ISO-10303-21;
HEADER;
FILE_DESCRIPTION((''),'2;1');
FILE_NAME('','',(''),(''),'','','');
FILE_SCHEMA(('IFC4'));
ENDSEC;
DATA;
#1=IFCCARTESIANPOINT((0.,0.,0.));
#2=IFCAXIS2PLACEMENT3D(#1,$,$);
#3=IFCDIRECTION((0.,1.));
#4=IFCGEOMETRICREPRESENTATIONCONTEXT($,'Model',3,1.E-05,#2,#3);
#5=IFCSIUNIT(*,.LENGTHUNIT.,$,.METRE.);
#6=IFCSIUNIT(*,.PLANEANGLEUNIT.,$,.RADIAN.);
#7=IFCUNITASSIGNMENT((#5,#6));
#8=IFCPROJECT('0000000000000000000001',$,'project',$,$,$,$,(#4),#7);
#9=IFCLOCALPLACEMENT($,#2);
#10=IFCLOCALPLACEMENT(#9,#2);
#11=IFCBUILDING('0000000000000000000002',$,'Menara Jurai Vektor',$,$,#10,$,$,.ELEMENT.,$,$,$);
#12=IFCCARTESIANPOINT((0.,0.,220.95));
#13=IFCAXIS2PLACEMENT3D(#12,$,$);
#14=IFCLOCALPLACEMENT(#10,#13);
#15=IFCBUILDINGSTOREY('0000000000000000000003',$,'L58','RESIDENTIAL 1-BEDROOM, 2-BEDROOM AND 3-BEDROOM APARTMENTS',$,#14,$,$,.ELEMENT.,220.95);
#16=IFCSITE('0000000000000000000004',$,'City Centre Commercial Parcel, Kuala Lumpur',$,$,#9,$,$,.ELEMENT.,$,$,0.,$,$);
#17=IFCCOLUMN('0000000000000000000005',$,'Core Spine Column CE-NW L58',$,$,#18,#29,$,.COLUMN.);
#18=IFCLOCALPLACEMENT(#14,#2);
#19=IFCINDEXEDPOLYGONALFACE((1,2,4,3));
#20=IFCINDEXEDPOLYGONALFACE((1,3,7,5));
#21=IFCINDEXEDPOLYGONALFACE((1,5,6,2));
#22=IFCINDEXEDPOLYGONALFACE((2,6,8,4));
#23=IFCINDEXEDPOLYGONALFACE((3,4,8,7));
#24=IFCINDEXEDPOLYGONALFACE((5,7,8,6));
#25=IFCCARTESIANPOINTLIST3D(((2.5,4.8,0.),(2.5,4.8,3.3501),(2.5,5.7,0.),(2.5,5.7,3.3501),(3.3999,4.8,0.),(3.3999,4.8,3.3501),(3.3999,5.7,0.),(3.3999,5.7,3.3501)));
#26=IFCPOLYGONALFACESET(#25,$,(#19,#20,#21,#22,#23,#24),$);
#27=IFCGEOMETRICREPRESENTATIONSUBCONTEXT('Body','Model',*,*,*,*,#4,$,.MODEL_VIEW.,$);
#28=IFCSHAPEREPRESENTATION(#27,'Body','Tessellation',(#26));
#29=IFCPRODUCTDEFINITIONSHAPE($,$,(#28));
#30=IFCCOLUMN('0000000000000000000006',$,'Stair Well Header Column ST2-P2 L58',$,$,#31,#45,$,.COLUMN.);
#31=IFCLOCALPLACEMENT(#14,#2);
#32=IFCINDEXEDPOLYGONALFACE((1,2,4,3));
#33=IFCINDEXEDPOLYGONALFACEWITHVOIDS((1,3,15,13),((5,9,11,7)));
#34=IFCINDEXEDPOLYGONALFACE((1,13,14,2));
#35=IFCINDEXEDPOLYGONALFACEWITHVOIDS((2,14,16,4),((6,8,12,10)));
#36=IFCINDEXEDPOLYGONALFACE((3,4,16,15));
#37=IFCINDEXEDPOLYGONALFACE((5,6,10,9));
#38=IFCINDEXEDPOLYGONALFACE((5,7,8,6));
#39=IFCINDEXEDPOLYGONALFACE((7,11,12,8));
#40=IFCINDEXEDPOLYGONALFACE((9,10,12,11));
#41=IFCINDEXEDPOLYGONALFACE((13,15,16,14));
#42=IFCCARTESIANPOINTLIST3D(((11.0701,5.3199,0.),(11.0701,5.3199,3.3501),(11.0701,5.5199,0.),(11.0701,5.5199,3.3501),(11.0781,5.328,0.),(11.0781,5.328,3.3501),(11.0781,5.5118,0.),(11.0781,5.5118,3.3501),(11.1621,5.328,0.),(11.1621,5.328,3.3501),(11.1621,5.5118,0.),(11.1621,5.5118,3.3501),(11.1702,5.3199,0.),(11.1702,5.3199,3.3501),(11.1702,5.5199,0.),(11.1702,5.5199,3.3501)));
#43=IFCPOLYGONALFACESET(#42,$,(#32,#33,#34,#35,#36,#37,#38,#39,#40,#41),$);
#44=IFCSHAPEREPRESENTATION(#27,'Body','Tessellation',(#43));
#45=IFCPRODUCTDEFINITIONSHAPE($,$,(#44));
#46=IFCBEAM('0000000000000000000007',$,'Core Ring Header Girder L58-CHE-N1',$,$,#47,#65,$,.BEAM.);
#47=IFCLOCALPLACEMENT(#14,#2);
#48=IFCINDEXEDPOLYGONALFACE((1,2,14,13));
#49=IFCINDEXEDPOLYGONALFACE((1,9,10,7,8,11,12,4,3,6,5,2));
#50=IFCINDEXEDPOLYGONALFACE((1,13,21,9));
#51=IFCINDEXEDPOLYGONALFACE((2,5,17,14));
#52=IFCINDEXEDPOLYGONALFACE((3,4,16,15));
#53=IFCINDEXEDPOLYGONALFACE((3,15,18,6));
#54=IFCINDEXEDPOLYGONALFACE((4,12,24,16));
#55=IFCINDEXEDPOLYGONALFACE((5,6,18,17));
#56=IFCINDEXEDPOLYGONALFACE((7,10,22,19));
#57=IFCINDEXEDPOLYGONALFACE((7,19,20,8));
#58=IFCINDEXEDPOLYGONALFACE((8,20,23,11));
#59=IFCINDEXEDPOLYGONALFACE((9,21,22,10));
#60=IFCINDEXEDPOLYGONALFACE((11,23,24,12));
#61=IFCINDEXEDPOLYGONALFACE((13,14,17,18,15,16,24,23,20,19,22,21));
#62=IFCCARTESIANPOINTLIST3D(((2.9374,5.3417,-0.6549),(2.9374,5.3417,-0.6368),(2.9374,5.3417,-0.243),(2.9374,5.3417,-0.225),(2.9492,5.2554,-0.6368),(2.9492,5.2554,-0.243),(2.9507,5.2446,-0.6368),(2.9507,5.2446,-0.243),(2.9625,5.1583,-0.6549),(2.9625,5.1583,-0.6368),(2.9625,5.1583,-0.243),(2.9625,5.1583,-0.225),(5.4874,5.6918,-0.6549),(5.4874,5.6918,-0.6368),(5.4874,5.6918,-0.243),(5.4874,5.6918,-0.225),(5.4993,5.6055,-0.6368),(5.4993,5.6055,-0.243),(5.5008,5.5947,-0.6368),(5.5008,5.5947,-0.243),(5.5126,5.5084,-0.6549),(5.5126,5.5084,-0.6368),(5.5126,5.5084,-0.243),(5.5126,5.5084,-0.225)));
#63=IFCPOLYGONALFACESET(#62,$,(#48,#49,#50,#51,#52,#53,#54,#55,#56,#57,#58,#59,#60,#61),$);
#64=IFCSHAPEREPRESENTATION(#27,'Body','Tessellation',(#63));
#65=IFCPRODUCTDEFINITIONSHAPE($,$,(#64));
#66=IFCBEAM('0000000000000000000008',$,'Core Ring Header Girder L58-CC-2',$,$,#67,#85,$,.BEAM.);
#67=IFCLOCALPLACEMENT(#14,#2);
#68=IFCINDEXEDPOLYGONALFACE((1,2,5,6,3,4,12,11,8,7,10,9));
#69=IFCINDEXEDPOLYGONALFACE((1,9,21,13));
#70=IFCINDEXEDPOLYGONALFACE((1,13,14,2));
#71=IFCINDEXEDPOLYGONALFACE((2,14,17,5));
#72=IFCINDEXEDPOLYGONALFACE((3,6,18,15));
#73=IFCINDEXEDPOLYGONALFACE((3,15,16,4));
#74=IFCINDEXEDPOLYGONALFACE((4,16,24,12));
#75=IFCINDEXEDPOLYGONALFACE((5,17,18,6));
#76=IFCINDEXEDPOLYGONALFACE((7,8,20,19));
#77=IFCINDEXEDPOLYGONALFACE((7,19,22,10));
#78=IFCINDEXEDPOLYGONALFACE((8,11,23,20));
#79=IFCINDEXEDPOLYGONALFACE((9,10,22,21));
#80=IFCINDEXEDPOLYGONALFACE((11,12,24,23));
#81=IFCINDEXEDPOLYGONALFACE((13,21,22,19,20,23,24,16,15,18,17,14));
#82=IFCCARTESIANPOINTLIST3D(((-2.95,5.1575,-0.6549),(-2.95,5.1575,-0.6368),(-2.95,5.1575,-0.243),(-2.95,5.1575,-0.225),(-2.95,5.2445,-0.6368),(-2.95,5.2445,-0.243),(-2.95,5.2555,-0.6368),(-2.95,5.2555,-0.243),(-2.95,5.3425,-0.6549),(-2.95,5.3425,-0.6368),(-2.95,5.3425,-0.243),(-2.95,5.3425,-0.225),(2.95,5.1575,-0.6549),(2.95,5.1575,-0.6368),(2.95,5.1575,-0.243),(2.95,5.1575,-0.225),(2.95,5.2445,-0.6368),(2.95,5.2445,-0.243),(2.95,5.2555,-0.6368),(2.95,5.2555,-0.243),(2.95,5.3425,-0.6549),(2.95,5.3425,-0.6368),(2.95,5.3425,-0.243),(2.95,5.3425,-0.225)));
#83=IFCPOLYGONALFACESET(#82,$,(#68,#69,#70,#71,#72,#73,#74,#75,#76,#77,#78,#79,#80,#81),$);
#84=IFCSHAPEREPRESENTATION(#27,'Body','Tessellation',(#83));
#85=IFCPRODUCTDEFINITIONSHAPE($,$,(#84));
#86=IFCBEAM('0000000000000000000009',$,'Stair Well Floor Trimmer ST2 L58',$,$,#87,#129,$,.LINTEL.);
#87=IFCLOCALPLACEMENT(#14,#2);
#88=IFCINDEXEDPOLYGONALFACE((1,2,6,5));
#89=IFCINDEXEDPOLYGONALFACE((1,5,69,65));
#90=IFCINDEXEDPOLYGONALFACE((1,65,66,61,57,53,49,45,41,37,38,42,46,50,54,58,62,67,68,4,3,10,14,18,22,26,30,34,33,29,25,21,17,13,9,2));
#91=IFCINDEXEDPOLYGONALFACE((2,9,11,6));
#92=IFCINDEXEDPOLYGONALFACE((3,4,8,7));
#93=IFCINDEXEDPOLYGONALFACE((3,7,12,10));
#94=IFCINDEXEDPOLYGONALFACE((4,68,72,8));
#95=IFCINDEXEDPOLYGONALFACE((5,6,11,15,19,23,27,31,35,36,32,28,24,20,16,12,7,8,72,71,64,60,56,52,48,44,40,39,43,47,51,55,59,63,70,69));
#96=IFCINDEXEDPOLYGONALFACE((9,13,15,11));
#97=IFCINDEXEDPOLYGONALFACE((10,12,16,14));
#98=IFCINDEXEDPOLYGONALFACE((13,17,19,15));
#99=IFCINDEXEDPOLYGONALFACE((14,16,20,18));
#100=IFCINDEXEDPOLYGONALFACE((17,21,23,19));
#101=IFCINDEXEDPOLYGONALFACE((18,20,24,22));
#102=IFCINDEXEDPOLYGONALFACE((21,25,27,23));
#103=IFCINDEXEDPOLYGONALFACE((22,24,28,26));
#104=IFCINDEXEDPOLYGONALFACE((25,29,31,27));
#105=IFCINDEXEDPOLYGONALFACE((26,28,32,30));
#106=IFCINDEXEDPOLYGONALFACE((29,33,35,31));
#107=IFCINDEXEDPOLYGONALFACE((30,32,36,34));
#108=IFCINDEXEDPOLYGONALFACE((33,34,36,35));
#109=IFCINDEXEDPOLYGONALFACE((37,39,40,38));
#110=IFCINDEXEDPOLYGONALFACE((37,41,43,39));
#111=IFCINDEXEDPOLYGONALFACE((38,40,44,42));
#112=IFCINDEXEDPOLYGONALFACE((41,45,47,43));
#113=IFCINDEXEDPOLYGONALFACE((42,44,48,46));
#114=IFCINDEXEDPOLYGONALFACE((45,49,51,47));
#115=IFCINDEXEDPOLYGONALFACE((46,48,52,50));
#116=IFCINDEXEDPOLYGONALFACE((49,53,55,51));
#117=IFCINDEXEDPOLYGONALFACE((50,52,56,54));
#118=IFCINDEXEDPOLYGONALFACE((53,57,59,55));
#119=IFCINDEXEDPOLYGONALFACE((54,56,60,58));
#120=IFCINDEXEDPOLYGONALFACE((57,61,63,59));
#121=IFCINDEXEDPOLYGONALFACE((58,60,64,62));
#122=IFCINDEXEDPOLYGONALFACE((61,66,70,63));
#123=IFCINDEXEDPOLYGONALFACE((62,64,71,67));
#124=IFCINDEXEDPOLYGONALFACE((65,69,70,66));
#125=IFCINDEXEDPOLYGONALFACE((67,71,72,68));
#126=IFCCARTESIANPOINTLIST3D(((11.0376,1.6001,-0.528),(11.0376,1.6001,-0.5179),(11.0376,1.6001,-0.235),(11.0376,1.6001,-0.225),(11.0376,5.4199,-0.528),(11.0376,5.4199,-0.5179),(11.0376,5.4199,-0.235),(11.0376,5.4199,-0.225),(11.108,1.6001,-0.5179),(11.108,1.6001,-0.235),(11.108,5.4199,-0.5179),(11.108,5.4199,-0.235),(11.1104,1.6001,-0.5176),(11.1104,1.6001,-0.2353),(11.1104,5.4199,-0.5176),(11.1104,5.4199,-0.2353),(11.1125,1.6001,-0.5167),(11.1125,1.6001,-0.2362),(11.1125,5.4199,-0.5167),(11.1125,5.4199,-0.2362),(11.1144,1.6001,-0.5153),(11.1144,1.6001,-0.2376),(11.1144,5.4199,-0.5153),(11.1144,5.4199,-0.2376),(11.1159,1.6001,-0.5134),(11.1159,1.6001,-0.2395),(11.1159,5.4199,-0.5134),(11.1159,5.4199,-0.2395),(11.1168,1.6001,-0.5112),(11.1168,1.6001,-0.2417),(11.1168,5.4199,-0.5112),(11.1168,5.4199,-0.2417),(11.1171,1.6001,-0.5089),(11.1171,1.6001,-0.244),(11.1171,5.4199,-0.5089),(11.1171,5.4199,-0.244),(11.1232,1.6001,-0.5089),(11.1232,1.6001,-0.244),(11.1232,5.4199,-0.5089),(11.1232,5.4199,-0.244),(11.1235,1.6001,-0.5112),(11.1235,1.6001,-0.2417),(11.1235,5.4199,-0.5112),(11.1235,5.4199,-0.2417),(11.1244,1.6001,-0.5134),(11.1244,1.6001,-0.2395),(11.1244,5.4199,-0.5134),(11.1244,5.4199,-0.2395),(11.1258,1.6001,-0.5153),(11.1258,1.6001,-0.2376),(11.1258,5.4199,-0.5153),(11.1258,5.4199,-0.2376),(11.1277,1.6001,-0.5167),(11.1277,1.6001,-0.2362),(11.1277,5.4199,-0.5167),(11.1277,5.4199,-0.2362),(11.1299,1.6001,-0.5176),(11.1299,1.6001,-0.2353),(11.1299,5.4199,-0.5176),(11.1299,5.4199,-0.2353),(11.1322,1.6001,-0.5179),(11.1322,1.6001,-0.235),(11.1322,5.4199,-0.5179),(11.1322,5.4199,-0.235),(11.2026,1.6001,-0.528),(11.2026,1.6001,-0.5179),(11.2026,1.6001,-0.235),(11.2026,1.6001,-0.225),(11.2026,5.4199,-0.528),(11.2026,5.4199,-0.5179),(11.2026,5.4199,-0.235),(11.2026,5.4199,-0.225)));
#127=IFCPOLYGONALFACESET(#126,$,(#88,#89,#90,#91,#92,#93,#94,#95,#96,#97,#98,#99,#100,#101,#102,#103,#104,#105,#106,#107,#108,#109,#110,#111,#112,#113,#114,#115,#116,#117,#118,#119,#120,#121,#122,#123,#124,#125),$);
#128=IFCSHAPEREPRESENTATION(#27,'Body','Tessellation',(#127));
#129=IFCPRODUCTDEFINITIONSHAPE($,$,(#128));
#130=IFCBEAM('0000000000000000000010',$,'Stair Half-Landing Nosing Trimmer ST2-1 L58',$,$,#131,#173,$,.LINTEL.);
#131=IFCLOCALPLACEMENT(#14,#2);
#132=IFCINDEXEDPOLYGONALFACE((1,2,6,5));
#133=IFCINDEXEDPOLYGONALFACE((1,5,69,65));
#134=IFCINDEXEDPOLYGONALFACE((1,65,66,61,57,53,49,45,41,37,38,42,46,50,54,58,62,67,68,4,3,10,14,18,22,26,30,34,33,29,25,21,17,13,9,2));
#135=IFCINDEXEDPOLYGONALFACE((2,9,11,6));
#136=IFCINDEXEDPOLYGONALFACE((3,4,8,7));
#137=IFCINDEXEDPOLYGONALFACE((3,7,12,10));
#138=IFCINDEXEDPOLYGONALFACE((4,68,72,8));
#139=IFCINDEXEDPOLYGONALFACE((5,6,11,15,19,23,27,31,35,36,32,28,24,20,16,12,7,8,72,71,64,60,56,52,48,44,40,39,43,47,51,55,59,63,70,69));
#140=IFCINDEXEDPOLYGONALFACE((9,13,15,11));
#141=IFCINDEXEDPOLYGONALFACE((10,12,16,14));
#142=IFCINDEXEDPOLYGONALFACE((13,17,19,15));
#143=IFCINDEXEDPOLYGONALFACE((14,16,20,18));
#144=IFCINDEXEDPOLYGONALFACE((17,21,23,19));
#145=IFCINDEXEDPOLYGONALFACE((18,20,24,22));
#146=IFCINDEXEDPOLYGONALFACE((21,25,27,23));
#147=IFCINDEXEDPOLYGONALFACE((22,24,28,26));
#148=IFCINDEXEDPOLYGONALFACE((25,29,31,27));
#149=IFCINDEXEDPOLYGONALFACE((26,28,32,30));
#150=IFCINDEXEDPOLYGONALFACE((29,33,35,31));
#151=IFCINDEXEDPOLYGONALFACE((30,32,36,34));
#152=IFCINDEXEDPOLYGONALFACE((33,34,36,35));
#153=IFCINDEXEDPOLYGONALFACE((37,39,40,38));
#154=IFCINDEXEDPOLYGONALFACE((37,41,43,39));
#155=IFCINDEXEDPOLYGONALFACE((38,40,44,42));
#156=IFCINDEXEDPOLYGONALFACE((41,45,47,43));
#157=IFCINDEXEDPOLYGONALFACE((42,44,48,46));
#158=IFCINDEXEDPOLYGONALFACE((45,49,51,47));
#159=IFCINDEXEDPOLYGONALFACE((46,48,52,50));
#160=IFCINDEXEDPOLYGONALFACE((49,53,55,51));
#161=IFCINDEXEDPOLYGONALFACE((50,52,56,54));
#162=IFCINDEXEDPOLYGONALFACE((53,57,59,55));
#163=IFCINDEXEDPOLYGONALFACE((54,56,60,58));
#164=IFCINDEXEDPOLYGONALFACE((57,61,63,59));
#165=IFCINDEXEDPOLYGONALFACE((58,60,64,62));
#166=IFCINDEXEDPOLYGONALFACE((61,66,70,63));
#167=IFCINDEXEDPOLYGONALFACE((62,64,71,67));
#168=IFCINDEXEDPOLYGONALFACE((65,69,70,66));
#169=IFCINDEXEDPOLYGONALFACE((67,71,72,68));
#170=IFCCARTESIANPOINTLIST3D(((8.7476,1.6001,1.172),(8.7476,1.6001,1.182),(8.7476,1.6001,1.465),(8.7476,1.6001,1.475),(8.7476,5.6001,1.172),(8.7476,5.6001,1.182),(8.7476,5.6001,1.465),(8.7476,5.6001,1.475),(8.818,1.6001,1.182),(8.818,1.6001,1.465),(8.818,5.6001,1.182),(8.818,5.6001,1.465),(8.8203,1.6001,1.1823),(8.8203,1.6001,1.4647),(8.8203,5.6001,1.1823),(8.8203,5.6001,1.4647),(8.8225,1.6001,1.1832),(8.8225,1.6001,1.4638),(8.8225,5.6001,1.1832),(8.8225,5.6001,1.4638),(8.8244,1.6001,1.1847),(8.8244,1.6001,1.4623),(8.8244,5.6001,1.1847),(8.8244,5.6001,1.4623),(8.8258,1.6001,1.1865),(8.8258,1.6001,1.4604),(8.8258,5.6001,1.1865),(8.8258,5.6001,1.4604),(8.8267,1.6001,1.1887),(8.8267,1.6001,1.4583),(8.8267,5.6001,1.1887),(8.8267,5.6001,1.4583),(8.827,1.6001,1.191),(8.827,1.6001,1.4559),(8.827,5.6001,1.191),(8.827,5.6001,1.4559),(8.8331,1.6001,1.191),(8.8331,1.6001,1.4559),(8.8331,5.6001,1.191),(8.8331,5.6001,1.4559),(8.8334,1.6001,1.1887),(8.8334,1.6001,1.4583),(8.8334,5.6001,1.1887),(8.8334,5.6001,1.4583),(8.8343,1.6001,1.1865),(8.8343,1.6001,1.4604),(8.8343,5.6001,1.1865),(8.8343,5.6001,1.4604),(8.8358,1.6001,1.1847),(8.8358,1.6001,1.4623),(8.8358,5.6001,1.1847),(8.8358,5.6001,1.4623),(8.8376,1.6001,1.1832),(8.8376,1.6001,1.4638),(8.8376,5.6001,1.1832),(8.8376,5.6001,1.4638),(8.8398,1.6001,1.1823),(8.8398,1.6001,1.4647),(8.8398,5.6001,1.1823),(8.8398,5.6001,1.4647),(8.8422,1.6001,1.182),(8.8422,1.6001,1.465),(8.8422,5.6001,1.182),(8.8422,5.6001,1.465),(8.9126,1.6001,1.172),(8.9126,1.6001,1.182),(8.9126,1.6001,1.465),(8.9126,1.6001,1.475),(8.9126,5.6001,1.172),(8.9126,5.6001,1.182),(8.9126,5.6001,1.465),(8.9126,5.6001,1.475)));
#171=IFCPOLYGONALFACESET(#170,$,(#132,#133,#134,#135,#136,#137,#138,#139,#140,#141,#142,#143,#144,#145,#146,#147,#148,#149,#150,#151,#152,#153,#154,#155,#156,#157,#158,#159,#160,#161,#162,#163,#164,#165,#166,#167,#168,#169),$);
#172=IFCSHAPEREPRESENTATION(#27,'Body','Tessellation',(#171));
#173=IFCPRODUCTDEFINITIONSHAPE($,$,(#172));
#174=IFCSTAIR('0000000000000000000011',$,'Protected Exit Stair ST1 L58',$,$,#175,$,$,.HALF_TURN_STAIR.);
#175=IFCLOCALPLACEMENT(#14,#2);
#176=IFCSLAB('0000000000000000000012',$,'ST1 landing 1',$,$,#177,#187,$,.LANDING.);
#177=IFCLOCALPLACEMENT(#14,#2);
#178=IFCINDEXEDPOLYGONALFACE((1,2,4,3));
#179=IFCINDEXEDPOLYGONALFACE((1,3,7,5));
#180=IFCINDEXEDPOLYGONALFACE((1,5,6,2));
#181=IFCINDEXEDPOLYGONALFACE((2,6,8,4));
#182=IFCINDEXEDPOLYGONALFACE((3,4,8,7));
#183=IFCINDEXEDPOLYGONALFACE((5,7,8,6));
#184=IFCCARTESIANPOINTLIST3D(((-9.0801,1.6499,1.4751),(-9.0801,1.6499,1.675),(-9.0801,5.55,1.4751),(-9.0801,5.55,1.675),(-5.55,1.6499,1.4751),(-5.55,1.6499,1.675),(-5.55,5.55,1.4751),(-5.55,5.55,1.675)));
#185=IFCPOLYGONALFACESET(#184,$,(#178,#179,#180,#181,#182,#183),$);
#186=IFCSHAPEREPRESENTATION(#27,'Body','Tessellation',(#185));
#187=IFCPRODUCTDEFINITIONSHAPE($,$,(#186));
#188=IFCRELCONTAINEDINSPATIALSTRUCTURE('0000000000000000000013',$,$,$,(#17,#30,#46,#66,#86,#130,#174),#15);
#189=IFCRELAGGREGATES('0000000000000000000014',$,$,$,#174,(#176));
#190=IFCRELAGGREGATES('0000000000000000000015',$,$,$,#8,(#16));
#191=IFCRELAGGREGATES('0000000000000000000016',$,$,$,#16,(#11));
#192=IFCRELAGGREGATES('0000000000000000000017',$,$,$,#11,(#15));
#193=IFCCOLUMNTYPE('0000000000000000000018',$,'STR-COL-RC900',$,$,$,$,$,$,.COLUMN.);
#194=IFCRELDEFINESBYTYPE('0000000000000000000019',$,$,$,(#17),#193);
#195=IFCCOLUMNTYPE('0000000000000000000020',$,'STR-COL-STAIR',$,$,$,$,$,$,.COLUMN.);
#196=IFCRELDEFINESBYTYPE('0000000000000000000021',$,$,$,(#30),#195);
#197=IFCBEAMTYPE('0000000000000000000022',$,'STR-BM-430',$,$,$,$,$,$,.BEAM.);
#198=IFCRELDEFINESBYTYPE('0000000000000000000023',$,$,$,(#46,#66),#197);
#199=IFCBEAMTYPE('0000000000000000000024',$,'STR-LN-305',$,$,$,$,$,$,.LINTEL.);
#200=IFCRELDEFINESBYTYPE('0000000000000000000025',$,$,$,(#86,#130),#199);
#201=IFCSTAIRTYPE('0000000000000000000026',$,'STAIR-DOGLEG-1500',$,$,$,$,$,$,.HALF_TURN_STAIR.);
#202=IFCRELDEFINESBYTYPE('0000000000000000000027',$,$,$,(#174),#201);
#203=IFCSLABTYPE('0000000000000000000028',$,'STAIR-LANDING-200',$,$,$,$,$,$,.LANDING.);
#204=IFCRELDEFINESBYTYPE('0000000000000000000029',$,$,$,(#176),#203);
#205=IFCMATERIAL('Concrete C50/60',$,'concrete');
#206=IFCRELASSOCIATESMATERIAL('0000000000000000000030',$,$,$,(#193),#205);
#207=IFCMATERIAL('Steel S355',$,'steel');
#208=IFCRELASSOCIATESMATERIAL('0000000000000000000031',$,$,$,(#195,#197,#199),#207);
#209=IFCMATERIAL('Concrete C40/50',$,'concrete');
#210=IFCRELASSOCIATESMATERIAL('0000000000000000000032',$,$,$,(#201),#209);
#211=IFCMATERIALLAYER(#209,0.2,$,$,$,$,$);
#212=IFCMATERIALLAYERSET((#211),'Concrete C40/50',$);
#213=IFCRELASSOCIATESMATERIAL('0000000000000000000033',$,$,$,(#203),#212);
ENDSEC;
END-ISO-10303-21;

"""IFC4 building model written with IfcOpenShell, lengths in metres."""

from ifc_helpers import new_model, si_unit, direction, frame, origin, origin_2d, place, context, subcontext, project, spatial, polyline, rectangle, hollow_rectangle, i_section, outline, extrude, material, layer, layer_set, material_profile, profile_set, type_object, element, aggregate, save


model = new_model("IFC4")

# Units and contexts
model_context = context("Model", 3, precision=1e-05, world=origin(), true_north=direction((0.0, 1.0)))
body_context = subcontext(model_context, "Body", "Model", "MODEL_VIEW")
ifc_project = project(units=[si_unit("LENGTHUNIT", "METRE"), si_unit("PLANEANGLEUNIT", "RADIAN")], contexts=[model_context])

# Site, building, storey
site_placement = place(None, origin())
site = spatial("IfcSite", under=ifc_project, at=site_placement, Name="City Centre Commercial Parcel, Kuala Lumpur", CompositionType="ELEMENT", RefElevation=0.0)
building_placement = place(site_placement, origin())
building = spatial("IfcBuilding", under=site, at=building_placement, Name="Menara Jurai Vektor", CompositionType="ELEMENT")
storey_placement = place(building_placement, frame((0.0, 0.0, 220.95)))
storey = spatial("IfcBuildingStorey", under=building, at=storey_placement, Name="L58", Description="RESIDENTIAL 1-BEDROOM, 2-BEDROOM AND 3-BEDROOM APARTMENTS", CompositionType="ELEMENT", Elevation=220.95)

# Columns
ifc_material_1 = material(Name="Concrete C50/60", Category="concrete")
ifc_material_profile_1 = material_profile(ifc_material_1, rectangle(XDim=0.8999, YDim=0.8999, at=origin_2d()), Name="RC 900x900")
ifc_profile_set_1 = profile_set([ifc_material_profile_1], Name="Concrete C50/60")
column_type_1 = type_object("IfcColumnType", Name="STR-COL-RC900", PredefinedType="COLUMN", material=ifc_profile_set_1)
column_1_placement = place(storey_placement, frame((2.95, 5.25, 0.0), z_axis=(0.0, 0.0, 1.0), x_axis=(1.0, 0.0, 0.0)))
element("IfcColumn", 1, at=column_1_placement, inside=storey, type_object=column_type_1, Name="Core Spine Column CE-NW L58", PredefinedType="COLUMN", context=body_context, shape_type="SweptSolid", body=[
    extrude(rectangle(XDim=0.8999, YDim=0.8999, at=origin_2d()), origin(), (0.0, 0.0, 1.0), 3.3501),
])
ifc_material_2 = material(Name="Steel S355", Category="steel")
ifc_material_profile_2 = material_profile(ifc_material_2, hollow_rectangle(XDim=0.1001, YDim=0.2, WallThickness=0.0081, at=origin_2d()), Name="RHS 200x100x8")
ifc_profile_set_2 = profile_set([ifc_material_profile_2], Name="Steel S355")
column_type_2 = type_object("IfcColumnType", Name="STR-COL-STAIR", PredefinedType="COLUMN", material=ifc_profile_set_2)
column_2_placement = place(storey_placement, frame((11.1201, 5.4199, 0.0), z_axis=(0.0, 0.0, 1.0), x_axis=(1.0, 0.0, 0.0)))
element("IfcColumn", 2, at=column_2_placement, inside=storey, type_object=column_type_2, Name="Stair Well Header Column ST2-P2 L58", PredefinedType="COLUMN", context=body_context, shape_type="SweptSolid", body=[
    extrude(hollow_rectangle(XDim=0.1001, YDim=0.2, WallThickness=0.0081, at=origin_2d()), origin(), (0.0, 0.0, 1.0), 3.3501),
])

# Beams
ifc_material_profile_3 = material_profile(ifc_material_2, i_section(OverallWidth=0.1851, OverallDepth=0.4299, WebThickness=0.011, FlangeThickness=0.0181, at=origin_2d()), Name="PG 430x185x76")
ifc_profile_set_3 = profile_set([ifc_material_profile_3], Name="Steel S355")
beam_type_1 = type_object("IfcBeamType", Name="STR-BM-430", PredefinedType="BEAM", material=ifc_profile_set_3)
beam_1_placement = place(storey_placement, frame((2.95, 5.25, -0.4399), z_axis=(0.990707, 0.136015, 0.0), x_axis=(-0.136015, 0.990707, 0.0)))
element("IfcBeam", 3, at=beam_1_placement, inside=storey, type_object=beam_type_1, Name="Core Ring Header Girder L58-CHE-N1", PredefinedType="BEAM", context=body_context, shape_type="SweptSolid", body=[
    extrude(i_section(OverallWidth=0.1851, OverallDepth=0.4299, WebThickness=0.011, FlangeThickness=0.0181, at=origin_2d()), origin(), (0.0, 0.0, 1.0), 2.574),
])
beam_2_placement = place(storey_placement, frame((-2.95, 5.25, -0.4399), z_axis=(1.0, 0.0, 0.0), x_axis=(0.0, 1.0, 0.0)))
element("IfcBeam", 4, at=beam_2_placement, inside=storey, type_object=beam_type_1, Name="Core Ring Header Girder L58-CC-2", PredefinedType="BEAM", context=body_context, shape_type="SweptSolid", body=[
    extrude(i_section(OverallWidth=0.1851, OverallDepth=0.4299, WebThickness=0.011, FlangeThickness=0.0181, at=origin_2d()), origin(), (0.0, 0.0, 1.0), 5.8999),
])
ifc_material_profile_4 = material_profile(ifc_material_2, i_section(OverallWidth=0.165, OverallDepth=0.303, WebThickness=0.0061, FlangeThickness=0.01, FilletRadius=0.009, at=origin_2d()), Name="UKB 305x165x40")
ifc_profile_set_4 = profile_set([ifc_material_profile_4], Name="Steel S355")
beam_type_2 = type_object("IfcBeamType", Name="STR-LN-305", PredefinedType="LINTEL", material=ifc_profile_set_4)
beam_3_placement = place(storey_placement, frame((11.1201, 1.6001, -0.3765), z_axis=(0.0, 1.0, 0.0), x_axis=(-1.0, 0.0, 0.0)))
element("IfcBeam", 5, at=beam_3_placement, inside=storey, type_object=beam_type_2, Name="Stair Well Floor Trimmer ST2 L58", PredefinedType="LINTEL", context=body_context, shape_type="SweptSolid", body=[
    extrude(i_section(OverallWidth=0.165, OverallDepth=0.303, WebThickness=0.0061, FlangeThickness=0.01, FilletRadius=0.009, at=origin_2d()), origin(), (0.0, 0.0, 1.0), 3.8198),
])
beam_4_placement = place(storey_placement, frame((8.8301, 1.6001, 1.3235), z_axis=(0.0, 1.0, 0.0), x_axis=(-1.0, 0.0, 0.0)))
element("IfcBeam", 6, at=beam_4_placement, inside=storey, type_object=beam_type_2, Name="Stair Half-Landing Nosing Trimmer ST2-1 L58", PredefinedType="LINTEL", context=body_context, shape_type="SweptSolid", body=[
    extrude(i_section(OverallWidth=0.165, OverallDepth=0.303, WebThickness=0.0061, FlangeThickness=0.01, FilletRadius=0.009, at=origin_2d()), origin(), (0.0, 0.0, 1.0), 4.0),
])

# Stair, slab
ifc_material_3 = material(Name="Concrete C40/50", Category="concrete")
stair_type = type_object("IfcStairType", Name="STAIR-DOGLEG-1500", PredefinedType="HALF_TURN_STAIR", material=ifc_material_3)
stair_1_placement = place(storey_placement, origin())
stair_1 = element("IfcStair", 7, at=stair_1_placement, inside=storey, type_object=stair_type, Name="Protected Exit Stair ST1 L58", PredefinedType="HALF_TURN_STAIR")
ifc_layer_1 = layer(ifc_material_3, 0.2)
ifc_layer_set_1 = layer_set([ifc_layer_1], Name="Concrete C40/50")
slab_type_1 = type_object("IfcSlabType", Name="STAIR-LANDING-200", PredefinedType="LANDING", material=ifc_layer_set_1)
slab_1_placement = place(storey_placement, frame((0.0, 0.0, 1.4751)))
slab_1 = element("IfcSlab", 8, at=slab_1_placement, type_object=slab_type_1, Name="ST1 landing 1", PredefinedType="LANDING", context=body_context, shape_type="SweptSolid", body=[
    extrude(outline(polyline([(-9.0801, 1.6499), (-5.55, 1.6499), (-5.55, 5.55), (-9.0801, 5.55), (-9.0801, 1.6499)])), origin(), (0.0, 0.0, 1.0), 0.2),
])
aggregate(stair_1, [slab_1])

save(model, "model.ifc")
